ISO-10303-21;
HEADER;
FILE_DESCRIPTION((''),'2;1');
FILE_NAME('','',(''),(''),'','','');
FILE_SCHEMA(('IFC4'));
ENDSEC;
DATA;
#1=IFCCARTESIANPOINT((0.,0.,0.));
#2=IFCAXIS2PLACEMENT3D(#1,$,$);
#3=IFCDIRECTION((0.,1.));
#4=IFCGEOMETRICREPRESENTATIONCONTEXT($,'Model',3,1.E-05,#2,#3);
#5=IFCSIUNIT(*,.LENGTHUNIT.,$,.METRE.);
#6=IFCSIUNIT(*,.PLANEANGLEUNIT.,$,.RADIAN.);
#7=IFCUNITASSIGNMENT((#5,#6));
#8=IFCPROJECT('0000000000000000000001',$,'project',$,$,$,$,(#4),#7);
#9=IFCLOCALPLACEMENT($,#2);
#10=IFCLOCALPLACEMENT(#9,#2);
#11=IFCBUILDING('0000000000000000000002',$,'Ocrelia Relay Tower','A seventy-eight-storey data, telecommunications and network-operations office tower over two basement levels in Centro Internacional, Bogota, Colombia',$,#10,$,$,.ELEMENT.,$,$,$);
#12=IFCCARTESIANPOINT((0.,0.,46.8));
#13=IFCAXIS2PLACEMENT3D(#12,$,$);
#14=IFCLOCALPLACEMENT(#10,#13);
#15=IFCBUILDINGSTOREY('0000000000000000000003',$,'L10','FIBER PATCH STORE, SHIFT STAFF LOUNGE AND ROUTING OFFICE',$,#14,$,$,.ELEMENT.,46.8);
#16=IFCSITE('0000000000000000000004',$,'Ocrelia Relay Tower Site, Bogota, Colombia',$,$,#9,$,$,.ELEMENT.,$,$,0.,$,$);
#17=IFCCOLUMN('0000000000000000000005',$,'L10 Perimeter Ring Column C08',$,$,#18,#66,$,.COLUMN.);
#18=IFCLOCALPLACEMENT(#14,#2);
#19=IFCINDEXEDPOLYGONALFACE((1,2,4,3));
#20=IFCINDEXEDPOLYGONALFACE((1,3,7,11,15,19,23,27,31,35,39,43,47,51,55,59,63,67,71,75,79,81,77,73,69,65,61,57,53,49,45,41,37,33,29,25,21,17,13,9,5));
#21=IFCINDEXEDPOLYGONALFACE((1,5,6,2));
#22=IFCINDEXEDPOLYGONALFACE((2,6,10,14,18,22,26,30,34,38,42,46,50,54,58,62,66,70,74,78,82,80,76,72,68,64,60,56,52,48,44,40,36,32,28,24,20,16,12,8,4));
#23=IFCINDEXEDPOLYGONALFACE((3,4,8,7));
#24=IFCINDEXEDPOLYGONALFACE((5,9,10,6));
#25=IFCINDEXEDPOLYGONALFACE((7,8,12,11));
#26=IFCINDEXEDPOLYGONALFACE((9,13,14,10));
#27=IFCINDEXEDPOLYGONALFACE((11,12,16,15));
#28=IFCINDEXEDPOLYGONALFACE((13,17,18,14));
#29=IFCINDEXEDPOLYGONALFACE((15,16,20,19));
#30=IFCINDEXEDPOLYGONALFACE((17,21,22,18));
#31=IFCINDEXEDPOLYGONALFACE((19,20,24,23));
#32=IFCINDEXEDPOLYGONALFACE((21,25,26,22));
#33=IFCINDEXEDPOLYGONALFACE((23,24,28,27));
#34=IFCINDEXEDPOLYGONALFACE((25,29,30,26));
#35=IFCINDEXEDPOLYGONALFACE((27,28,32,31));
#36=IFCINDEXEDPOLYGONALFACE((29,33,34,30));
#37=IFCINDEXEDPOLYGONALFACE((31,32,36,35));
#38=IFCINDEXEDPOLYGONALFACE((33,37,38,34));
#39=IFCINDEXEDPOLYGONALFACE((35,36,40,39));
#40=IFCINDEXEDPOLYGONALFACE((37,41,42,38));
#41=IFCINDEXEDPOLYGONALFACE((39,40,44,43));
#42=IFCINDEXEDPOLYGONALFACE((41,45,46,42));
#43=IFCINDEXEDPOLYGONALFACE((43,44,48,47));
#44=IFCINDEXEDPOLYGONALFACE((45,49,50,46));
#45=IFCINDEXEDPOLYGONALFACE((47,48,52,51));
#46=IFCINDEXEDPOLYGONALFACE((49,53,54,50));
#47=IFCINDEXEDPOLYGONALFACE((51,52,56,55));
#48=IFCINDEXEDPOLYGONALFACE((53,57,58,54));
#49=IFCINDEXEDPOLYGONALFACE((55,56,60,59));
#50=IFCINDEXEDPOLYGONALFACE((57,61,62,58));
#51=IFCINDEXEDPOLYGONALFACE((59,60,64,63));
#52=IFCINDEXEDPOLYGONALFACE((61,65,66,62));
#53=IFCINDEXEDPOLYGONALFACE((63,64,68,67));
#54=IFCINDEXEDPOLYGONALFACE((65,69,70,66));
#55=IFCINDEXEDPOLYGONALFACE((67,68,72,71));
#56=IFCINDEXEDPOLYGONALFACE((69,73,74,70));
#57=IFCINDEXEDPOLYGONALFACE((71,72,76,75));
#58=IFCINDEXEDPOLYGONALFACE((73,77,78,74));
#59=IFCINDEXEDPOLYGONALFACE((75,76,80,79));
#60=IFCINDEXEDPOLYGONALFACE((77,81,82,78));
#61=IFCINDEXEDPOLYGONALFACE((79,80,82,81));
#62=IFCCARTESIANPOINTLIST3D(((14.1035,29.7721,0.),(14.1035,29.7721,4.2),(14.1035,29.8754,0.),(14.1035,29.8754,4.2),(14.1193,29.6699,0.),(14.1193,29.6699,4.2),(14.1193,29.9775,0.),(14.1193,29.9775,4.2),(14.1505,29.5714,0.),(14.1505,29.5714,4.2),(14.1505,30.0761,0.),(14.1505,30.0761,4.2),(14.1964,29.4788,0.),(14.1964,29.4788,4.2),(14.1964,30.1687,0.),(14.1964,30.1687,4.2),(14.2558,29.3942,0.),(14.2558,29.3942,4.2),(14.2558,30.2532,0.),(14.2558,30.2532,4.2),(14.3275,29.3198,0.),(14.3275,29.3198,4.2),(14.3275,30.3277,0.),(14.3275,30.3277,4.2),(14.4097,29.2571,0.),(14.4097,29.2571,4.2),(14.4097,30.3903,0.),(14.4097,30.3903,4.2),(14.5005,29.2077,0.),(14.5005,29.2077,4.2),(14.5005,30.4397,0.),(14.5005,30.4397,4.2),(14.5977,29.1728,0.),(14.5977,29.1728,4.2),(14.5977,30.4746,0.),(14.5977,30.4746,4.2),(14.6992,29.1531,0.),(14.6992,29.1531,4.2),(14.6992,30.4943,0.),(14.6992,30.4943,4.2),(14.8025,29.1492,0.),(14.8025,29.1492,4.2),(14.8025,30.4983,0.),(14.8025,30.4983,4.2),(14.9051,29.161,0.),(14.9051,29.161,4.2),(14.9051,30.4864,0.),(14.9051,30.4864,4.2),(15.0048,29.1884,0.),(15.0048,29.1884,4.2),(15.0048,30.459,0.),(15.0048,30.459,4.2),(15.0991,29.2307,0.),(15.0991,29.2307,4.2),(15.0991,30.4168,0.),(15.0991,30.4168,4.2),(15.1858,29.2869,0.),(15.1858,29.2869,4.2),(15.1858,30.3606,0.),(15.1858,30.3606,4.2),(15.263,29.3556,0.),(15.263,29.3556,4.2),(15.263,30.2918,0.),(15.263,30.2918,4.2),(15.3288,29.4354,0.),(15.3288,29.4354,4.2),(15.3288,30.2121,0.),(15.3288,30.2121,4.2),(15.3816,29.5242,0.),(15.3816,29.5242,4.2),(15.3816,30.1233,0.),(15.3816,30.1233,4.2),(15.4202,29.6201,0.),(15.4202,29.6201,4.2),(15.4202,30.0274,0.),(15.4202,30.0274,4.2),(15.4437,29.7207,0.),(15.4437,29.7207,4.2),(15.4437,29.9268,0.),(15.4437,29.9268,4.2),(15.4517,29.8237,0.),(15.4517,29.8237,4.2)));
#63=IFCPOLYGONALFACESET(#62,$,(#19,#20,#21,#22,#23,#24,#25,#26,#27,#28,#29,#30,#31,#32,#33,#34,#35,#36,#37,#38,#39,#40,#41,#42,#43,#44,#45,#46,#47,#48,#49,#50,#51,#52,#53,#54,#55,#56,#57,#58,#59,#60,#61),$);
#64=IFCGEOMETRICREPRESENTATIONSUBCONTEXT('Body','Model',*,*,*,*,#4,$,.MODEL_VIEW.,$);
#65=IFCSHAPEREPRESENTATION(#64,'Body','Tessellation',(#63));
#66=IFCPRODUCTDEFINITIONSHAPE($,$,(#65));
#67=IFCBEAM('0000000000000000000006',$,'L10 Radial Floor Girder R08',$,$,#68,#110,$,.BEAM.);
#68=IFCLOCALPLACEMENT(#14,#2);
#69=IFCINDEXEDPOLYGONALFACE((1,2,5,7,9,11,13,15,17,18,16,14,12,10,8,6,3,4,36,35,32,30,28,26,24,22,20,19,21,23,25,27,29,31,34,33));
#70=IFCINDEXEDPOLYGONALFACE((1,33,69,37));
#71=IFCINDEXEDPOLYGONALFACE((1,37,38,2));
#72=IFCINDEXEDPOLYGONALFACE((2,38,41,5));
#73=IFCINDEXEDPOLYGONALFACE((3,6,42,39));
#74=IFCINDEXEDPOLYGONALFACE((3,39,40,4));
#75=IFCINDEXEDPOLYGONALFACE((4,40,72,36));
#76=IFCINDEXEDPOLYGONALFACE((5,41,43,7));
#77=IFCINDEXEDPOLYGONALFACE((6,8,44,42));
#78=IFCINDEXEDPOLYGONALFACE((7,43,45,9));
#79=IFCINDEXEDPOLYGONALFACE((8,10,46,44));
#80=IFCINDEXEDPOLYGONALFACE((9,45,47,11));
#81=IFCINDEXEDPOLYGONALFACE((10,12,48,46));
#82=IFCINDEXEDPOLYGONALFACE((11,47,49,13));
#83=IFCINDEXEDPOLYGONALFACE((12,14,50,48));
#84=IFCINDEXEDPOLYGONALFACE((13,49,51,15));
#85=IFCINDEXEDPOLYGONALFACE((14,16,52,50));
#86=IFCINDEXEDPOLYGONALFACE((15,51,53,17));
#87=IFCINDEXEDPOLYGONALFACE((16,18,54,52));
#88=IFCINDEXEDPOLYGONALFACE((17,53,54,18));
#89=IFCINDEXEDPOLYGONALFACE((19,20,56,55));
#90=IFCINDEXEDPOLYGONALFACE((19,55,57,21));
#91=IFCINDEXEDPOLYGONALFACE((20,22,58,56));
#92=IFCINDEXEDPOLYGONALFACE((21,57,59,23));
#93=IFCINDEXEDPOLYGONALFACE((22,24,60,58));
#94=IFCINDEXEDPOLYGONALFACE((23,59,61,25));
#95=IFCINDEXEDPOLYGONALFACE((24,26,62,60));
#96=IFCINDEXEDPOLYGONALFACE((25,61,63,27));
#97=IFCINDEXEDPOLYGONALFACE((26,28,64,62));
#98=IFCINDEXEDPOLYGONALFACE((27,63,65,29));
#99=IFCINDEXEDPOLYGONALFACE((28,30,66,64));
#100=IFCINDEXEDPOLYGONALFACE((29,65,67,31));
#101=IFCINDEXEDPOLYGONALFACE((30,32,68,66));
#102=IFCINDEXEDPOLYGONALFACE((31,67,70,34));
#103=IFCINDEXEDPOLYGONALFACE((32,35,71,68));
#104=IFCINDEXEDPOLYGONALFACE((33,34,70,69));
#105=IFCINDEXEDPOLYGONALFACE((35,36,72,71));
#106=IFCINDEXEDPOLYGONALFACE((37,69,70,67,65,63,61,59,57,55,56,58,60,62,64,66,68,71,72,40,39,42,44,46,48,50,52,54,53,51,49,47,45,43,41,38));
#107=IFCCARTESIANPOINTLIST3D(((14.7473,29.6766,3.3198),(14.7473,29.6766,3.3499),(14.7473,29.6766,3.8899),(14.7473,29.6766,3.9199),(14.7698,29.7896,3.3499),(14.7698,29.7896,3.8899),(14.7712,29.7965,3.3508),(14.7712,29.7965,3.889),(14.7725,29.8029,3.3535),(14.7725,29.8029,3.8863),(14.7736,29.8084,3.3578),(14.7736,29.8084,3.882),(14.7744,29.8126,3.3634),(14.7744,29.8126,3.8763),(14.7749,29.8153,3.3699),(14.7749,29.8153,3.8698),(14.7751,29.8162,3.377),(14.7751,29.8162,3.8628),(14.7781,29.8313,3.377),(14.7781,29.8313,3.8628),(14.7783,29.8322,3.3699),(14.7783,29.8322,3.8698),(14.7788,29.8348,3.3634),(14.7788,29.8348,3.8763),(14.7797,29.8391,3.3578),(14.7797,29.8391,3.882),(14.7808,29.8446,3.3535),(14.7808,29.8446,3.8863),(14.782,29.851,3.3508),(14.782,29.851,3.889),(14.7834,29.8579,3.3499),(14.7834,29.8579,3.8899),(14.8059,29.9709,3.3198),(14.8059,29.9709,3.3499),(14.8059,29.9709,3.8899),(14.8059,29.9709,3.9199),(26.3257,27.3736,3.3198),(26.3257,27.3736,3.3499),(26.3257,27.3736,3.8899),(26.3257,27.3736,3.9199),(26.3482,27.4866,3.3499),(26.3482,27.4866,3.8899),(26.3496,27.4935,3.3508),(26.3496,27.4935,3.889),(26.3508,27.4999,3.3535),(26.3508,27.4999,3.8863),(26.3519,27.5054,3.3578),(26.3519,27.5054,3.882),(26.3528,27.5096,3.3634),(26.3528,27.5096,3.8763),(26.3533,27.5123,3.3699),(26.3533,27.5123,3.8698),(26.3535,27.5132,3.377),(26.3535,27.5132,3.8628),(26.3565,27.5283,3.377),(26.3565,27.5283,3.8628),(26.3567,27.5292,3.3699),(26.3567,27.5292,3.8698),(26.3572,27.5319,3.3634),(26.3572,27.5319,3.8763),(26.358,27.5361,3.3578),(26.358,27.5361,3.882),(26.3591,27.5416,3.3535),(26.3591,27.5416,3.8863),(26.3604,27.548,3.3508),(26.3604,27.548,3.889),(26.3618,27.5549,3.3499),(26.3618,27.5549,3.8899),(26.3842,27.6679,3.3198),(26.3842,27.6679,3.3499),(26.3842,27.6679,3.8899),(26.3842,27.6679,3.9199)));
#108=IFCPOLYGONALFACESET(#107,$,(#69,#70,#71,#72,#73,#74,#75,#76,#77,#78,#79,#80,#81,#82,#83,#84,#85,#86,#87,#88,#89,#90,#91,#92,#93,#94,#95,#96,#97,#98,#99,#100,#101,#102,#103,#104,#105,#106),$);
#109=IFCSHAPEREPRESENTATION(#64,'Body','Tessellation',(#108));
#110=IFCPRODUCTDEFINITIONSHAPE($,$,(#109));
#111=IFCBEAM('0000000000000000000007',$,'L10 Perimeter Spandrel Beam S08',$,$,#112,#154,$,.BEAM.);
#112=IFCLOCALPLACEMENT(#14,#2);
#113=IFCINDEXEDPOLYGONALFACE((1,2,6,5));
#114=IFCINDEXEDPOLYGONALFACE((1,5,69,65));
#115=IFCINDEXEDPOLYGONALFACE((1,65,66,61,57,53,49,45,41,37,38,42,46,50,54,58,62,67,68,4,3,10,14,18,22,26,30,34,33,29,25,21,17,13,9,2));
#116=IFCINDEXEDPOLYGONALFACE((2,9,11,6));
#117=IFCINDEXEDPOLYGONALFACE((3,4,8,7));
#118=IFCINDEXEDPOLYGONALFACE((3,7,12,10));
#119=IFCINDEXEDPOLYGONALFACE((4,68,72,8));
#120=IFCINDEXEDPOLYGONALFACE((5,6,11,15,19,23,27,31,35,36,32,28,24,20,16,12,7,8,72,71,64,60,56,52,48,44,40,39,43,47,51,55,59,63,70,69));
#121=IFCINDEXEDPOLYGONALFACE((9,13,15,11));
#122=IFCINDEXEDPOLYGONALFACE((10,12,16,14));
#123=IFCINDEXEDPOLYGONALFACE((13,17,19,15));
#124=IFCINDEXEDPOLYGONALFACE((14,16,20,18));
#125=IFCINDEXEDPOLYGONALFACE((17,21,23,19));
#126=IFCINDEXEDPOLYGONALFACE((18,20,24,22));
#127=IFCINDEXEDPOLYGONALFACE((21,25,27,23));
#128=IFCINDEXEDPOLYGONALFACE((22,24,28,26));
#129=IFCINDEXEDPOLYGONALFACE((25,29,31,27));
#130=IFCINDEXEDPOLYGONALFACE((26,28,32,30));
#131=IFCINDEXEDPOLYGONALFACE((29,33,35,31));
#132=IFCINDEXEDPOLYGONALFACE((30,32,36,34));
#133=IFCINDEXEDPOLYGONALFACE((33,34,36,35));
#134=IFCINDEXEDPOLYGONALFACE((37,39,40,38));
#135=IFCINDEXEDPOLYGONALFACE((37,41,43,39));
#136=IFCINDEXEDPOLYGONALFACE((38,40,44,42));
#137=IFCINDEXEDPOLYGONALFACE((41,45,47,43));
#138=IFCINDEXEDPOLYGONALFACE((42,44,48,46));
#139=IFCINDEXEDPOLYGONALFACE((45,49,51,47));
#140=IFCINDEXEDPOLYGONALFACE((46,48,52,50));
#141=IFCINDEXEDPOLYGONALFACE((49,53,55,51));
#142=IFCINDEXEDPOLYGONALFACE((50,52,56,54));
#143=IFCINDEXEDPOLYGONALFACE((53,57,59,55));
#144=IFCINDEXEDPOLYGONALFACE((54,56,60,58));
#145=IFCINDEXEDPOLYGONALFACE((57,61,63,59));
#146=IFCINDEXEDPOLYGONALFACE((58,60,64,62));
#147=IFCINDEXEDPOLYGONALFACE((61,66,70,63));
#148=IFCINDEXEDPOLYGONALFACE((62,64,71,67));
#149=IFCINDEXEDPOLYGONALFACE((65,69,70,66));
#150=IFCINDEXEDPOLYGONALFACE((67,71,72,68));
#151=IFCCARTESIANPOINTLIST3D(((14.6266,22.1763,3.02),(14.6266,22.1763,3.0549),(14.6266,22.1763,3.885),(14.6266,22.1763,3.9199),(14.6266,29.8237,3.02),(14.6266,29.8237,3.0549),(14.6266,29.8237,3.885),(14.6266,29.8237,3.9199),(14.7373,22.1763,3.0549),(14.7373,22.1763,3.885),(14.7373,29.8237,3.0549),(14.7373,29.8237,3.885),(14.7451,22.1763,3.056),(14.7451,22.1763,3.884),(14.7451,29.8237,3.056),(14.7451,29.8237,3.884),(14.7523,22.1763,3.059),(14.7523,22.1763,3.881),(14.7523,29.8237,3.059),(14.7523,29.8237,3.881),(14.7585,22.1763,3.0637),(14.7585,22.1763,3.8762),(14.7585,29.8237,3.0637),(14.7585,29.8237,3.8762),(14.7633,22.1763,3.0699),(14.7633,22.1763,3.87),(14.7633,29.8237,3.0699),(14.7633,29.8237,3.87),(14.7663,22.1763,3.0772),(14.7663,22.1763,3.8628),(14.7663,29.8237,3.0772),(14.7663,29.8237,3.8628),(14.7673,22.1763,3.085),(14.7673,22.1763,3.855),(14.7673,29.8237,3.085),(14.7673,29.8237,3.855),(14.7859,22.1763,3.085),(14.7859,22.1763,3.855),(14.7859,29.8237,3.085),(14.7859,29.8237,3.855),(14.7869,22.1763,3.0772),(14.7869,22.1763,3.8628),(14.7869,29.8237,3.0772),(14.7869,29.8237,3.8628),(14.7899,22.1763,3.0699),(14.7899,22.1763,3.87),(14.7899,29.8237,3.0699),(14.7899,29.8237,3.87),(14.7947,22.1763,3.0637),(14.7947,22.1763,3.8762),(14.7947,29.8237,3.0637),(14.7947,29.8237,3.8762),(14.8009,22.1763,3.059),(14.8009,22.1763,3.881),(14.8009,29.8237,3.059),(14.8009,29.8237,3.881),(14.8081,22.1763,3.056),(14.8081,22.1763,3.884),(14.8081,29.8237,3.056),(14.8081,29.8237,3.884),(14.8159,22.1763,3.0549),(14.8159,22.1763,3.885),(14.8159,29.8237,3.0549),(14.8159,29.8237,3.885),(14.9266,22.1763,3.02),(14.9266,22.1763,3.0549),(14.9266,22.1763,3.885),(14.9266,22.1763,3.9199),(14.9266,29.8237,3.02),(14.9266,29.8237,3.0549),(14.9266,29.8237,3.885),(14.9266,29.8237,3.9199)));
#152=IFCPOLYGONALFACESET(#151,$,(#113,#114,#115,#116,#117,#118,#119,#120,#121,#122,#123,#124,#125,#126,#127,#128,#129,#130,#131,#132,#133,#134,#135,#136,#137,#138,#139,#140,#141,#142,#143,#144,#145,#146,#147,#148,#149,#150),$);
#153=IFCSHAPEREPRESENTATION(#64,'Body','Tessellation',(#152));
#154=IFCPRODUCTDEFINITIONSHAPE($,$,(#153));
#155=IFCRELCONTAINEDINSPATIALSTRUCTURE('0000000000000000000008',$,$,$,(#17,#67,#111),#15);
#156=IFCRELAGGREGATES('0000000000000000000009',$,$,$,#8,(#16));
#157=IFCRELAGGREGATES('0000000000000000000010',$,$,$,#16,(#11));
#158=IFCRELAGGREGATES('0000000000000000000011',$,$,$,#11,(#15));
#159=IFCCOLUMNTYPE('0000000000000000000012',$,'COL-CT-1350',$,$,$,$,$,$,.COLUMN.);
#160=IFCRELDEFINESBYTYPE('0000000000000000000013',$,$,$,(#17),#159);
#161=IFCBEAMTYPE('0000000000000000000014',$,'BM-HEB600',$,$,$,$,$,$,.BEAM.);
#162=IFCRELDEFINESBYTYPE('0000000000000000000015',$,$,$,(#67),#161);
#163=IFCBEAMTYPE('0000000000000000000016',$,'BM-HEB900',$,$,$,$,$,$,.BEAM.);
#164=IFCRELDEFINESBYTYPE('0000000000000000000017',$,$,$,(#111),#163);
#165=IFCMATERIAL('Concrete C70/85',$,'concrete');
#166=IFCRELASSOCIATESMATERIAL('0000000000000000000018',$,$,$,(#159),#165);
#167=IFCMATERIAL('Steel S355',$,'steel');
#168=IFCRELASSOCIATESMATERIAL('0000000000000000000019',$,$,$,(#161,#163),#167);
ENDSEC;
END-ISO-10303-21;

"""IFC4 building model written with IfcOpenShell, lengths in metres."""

from ifc_helpers import new_model, si_unit, direction, frame, origin, origin_2d, place, context, subcontext, project, spatial, circle, i_section, extrude, material, material_profile, profile_set, type_object, element, save


model = new_model("IFC4")

# Units and contexts
model_context = context("Model", 3, precision=1e-05, world=origin(), true_north=direction((0.0, 1.0)))
body_context = subcontext(model_context, "Body", "Model", "MODEL_VIEW")
ifc_project = project(units=[si_unit("LENGTHUNIT", "METRE"), si_unit("PLANEANGLEUNIT", "RADIAN")], contexts=[model_context])

# Site, building, storey
site_placement = place(None, origin())
site = spatial("IfcSite", under=ifc_project, at=site_placement, Name="Ocrelia Relay Tower Site, Bogota, Colombia", CompositionType="ELEMENT", RefElevation=0.0)
building_placement = place(site_placement, origin())
building = spatial("IfcBuilding", under=site, at=building_placement, Name="Ocrelia Relay Tower", Description="A seventy-eight-storey data, telecommunications and network-operations office tower over two basement levels in Centro Internacional, Bogota, Colombia", CompositionType="ELEMENT")
storey_placement = place(building_placement, frame((0.0, 0.0, 46.8)))
storey = spatial("IfcBuildingStorey", under=building, at=storey_placement, Name="L10", Description="FIBER PATCH STORE, SHIFT STAFF LOUNGE AND ROUTING OFFICE", CompositionType="ELEMENT", Elevation=46.8)

# Column
ifc_material_1 = material(Name="Concrete C70/85", Category="concrete")
ifc_material_profile_1 = material_profile(ifc_material_1, circle(Radius=0.675, at=origin_2d()), Name="RC-CIR-1350")
ifc_profile_set_1 = profile_set([ifc_material_profile_1], Name="Concrete C70/85")
column_type = type_object("IfcColumnType", Name="COL-CT-1350", PredefinedType="COLUMN", material=ifc_profile_set_1)
column_placement = place(storey_placement, frame((14.7766, 29.8237, 0.0), z_axis=(0.0, 0.0, 1.0), x_axis=(1.0, 0.0, 0.0)))
element("IfcColumn", 1, at=column_placement, inside=storey, type_object=column_type, Name="L10 Perimeter Ring Column C08", PredefinedType="COLUMN", context=body_context, shape_type="SweptSolid", body=[
    extrude(circle(Radius=0.675, at=origin_2d()), origin(), (0.0, 0.0, 1.0), 4.2),
])

# Beams
ifc_material_2 = material(Name="Steel S355", Category="steel")
ifc_material_profile_2 = material_profile(ifc_material_2, i_section(OverallWidth=0.3, OverallDepth=0.6001, WebThickness=0.0154, FlangeThickness=0.03, FilletRadius=0.0271, at=origin_2d()), Name="HEB 600")
ifc_profile_set_2 = profile_set([ifc_material_profile_2], Name="Steel S355")
beam_type_1 = type_object("IfcBeamType", Name="BM-HEB600", PredefinedType="BEAM", material=ifc_profile_set_2)
beam_1_placement = place(storey_placement, frame((14.7766, 29.8237, 3.6199), z_axis=(0.980787, -0.195082, 0.0), x_axis=(0.195082, 0.980787, 0.0)))
element("IfcBeam", 2, at=beam_1_placement, inside=storey, type_object=beam_type_1, Name="L10 Radial Floor Girder R08", PredefinedType="BEAM", context=body_context, shape_type="SweptSolid", body=[
    extrude(i_section(OverallWidth=0.3, OverallDepth=0.6001, WebThickness=0.0154, FlangeThickness=0.03, FilletRadius=0.0271, at=origin_2d()), origin(), (0.0, 0.0, 1.0), 11.8052),
])
ifc_material_profile_3 = material_profile(ifc_material_2, i_section(OverallWidth=0.3, OverallDepth=0.8999, WebThickness=0.0186, FlangeThickness=0.0349, FilletRadius=0.03, at=origin_2d()), Name="HEB 900")
ifc_profile_set_3 = profile_set([ifc_material_profile_3], Name="Steel S355")
beam_type_2 = type_object("IfcBeamType", Name="BM-HEB900", PredefinedType="BEAM", material=ifc_profile_set_3)
beam_2_placement = place(storey_placement, frame((14.7766, 29.8237, 3.47), z_axis=(0.0, -1.0, 0.0), x_axis=(1.0, 0.0, 0.0)))
element("IfcBeam", 3, at=beam_2_placement, inside=storey, type_object=beam_type_2, Name="L10 Perimeter Spandrel Beam S08", PredefinedType="BEAM", context=body_context, shape_type="SweptSolid", body=[
    extrude(i_section(OverallWidth=0.3, OverallDepth=0.8999, WebThickness=0.0186, FlangeThickness=0.0349, FilletRadius=0.03, at=origin_2d()), origin(), (0.0, 0.0, 1.0), 7.6475),
])

save(model, "model.ifc")
